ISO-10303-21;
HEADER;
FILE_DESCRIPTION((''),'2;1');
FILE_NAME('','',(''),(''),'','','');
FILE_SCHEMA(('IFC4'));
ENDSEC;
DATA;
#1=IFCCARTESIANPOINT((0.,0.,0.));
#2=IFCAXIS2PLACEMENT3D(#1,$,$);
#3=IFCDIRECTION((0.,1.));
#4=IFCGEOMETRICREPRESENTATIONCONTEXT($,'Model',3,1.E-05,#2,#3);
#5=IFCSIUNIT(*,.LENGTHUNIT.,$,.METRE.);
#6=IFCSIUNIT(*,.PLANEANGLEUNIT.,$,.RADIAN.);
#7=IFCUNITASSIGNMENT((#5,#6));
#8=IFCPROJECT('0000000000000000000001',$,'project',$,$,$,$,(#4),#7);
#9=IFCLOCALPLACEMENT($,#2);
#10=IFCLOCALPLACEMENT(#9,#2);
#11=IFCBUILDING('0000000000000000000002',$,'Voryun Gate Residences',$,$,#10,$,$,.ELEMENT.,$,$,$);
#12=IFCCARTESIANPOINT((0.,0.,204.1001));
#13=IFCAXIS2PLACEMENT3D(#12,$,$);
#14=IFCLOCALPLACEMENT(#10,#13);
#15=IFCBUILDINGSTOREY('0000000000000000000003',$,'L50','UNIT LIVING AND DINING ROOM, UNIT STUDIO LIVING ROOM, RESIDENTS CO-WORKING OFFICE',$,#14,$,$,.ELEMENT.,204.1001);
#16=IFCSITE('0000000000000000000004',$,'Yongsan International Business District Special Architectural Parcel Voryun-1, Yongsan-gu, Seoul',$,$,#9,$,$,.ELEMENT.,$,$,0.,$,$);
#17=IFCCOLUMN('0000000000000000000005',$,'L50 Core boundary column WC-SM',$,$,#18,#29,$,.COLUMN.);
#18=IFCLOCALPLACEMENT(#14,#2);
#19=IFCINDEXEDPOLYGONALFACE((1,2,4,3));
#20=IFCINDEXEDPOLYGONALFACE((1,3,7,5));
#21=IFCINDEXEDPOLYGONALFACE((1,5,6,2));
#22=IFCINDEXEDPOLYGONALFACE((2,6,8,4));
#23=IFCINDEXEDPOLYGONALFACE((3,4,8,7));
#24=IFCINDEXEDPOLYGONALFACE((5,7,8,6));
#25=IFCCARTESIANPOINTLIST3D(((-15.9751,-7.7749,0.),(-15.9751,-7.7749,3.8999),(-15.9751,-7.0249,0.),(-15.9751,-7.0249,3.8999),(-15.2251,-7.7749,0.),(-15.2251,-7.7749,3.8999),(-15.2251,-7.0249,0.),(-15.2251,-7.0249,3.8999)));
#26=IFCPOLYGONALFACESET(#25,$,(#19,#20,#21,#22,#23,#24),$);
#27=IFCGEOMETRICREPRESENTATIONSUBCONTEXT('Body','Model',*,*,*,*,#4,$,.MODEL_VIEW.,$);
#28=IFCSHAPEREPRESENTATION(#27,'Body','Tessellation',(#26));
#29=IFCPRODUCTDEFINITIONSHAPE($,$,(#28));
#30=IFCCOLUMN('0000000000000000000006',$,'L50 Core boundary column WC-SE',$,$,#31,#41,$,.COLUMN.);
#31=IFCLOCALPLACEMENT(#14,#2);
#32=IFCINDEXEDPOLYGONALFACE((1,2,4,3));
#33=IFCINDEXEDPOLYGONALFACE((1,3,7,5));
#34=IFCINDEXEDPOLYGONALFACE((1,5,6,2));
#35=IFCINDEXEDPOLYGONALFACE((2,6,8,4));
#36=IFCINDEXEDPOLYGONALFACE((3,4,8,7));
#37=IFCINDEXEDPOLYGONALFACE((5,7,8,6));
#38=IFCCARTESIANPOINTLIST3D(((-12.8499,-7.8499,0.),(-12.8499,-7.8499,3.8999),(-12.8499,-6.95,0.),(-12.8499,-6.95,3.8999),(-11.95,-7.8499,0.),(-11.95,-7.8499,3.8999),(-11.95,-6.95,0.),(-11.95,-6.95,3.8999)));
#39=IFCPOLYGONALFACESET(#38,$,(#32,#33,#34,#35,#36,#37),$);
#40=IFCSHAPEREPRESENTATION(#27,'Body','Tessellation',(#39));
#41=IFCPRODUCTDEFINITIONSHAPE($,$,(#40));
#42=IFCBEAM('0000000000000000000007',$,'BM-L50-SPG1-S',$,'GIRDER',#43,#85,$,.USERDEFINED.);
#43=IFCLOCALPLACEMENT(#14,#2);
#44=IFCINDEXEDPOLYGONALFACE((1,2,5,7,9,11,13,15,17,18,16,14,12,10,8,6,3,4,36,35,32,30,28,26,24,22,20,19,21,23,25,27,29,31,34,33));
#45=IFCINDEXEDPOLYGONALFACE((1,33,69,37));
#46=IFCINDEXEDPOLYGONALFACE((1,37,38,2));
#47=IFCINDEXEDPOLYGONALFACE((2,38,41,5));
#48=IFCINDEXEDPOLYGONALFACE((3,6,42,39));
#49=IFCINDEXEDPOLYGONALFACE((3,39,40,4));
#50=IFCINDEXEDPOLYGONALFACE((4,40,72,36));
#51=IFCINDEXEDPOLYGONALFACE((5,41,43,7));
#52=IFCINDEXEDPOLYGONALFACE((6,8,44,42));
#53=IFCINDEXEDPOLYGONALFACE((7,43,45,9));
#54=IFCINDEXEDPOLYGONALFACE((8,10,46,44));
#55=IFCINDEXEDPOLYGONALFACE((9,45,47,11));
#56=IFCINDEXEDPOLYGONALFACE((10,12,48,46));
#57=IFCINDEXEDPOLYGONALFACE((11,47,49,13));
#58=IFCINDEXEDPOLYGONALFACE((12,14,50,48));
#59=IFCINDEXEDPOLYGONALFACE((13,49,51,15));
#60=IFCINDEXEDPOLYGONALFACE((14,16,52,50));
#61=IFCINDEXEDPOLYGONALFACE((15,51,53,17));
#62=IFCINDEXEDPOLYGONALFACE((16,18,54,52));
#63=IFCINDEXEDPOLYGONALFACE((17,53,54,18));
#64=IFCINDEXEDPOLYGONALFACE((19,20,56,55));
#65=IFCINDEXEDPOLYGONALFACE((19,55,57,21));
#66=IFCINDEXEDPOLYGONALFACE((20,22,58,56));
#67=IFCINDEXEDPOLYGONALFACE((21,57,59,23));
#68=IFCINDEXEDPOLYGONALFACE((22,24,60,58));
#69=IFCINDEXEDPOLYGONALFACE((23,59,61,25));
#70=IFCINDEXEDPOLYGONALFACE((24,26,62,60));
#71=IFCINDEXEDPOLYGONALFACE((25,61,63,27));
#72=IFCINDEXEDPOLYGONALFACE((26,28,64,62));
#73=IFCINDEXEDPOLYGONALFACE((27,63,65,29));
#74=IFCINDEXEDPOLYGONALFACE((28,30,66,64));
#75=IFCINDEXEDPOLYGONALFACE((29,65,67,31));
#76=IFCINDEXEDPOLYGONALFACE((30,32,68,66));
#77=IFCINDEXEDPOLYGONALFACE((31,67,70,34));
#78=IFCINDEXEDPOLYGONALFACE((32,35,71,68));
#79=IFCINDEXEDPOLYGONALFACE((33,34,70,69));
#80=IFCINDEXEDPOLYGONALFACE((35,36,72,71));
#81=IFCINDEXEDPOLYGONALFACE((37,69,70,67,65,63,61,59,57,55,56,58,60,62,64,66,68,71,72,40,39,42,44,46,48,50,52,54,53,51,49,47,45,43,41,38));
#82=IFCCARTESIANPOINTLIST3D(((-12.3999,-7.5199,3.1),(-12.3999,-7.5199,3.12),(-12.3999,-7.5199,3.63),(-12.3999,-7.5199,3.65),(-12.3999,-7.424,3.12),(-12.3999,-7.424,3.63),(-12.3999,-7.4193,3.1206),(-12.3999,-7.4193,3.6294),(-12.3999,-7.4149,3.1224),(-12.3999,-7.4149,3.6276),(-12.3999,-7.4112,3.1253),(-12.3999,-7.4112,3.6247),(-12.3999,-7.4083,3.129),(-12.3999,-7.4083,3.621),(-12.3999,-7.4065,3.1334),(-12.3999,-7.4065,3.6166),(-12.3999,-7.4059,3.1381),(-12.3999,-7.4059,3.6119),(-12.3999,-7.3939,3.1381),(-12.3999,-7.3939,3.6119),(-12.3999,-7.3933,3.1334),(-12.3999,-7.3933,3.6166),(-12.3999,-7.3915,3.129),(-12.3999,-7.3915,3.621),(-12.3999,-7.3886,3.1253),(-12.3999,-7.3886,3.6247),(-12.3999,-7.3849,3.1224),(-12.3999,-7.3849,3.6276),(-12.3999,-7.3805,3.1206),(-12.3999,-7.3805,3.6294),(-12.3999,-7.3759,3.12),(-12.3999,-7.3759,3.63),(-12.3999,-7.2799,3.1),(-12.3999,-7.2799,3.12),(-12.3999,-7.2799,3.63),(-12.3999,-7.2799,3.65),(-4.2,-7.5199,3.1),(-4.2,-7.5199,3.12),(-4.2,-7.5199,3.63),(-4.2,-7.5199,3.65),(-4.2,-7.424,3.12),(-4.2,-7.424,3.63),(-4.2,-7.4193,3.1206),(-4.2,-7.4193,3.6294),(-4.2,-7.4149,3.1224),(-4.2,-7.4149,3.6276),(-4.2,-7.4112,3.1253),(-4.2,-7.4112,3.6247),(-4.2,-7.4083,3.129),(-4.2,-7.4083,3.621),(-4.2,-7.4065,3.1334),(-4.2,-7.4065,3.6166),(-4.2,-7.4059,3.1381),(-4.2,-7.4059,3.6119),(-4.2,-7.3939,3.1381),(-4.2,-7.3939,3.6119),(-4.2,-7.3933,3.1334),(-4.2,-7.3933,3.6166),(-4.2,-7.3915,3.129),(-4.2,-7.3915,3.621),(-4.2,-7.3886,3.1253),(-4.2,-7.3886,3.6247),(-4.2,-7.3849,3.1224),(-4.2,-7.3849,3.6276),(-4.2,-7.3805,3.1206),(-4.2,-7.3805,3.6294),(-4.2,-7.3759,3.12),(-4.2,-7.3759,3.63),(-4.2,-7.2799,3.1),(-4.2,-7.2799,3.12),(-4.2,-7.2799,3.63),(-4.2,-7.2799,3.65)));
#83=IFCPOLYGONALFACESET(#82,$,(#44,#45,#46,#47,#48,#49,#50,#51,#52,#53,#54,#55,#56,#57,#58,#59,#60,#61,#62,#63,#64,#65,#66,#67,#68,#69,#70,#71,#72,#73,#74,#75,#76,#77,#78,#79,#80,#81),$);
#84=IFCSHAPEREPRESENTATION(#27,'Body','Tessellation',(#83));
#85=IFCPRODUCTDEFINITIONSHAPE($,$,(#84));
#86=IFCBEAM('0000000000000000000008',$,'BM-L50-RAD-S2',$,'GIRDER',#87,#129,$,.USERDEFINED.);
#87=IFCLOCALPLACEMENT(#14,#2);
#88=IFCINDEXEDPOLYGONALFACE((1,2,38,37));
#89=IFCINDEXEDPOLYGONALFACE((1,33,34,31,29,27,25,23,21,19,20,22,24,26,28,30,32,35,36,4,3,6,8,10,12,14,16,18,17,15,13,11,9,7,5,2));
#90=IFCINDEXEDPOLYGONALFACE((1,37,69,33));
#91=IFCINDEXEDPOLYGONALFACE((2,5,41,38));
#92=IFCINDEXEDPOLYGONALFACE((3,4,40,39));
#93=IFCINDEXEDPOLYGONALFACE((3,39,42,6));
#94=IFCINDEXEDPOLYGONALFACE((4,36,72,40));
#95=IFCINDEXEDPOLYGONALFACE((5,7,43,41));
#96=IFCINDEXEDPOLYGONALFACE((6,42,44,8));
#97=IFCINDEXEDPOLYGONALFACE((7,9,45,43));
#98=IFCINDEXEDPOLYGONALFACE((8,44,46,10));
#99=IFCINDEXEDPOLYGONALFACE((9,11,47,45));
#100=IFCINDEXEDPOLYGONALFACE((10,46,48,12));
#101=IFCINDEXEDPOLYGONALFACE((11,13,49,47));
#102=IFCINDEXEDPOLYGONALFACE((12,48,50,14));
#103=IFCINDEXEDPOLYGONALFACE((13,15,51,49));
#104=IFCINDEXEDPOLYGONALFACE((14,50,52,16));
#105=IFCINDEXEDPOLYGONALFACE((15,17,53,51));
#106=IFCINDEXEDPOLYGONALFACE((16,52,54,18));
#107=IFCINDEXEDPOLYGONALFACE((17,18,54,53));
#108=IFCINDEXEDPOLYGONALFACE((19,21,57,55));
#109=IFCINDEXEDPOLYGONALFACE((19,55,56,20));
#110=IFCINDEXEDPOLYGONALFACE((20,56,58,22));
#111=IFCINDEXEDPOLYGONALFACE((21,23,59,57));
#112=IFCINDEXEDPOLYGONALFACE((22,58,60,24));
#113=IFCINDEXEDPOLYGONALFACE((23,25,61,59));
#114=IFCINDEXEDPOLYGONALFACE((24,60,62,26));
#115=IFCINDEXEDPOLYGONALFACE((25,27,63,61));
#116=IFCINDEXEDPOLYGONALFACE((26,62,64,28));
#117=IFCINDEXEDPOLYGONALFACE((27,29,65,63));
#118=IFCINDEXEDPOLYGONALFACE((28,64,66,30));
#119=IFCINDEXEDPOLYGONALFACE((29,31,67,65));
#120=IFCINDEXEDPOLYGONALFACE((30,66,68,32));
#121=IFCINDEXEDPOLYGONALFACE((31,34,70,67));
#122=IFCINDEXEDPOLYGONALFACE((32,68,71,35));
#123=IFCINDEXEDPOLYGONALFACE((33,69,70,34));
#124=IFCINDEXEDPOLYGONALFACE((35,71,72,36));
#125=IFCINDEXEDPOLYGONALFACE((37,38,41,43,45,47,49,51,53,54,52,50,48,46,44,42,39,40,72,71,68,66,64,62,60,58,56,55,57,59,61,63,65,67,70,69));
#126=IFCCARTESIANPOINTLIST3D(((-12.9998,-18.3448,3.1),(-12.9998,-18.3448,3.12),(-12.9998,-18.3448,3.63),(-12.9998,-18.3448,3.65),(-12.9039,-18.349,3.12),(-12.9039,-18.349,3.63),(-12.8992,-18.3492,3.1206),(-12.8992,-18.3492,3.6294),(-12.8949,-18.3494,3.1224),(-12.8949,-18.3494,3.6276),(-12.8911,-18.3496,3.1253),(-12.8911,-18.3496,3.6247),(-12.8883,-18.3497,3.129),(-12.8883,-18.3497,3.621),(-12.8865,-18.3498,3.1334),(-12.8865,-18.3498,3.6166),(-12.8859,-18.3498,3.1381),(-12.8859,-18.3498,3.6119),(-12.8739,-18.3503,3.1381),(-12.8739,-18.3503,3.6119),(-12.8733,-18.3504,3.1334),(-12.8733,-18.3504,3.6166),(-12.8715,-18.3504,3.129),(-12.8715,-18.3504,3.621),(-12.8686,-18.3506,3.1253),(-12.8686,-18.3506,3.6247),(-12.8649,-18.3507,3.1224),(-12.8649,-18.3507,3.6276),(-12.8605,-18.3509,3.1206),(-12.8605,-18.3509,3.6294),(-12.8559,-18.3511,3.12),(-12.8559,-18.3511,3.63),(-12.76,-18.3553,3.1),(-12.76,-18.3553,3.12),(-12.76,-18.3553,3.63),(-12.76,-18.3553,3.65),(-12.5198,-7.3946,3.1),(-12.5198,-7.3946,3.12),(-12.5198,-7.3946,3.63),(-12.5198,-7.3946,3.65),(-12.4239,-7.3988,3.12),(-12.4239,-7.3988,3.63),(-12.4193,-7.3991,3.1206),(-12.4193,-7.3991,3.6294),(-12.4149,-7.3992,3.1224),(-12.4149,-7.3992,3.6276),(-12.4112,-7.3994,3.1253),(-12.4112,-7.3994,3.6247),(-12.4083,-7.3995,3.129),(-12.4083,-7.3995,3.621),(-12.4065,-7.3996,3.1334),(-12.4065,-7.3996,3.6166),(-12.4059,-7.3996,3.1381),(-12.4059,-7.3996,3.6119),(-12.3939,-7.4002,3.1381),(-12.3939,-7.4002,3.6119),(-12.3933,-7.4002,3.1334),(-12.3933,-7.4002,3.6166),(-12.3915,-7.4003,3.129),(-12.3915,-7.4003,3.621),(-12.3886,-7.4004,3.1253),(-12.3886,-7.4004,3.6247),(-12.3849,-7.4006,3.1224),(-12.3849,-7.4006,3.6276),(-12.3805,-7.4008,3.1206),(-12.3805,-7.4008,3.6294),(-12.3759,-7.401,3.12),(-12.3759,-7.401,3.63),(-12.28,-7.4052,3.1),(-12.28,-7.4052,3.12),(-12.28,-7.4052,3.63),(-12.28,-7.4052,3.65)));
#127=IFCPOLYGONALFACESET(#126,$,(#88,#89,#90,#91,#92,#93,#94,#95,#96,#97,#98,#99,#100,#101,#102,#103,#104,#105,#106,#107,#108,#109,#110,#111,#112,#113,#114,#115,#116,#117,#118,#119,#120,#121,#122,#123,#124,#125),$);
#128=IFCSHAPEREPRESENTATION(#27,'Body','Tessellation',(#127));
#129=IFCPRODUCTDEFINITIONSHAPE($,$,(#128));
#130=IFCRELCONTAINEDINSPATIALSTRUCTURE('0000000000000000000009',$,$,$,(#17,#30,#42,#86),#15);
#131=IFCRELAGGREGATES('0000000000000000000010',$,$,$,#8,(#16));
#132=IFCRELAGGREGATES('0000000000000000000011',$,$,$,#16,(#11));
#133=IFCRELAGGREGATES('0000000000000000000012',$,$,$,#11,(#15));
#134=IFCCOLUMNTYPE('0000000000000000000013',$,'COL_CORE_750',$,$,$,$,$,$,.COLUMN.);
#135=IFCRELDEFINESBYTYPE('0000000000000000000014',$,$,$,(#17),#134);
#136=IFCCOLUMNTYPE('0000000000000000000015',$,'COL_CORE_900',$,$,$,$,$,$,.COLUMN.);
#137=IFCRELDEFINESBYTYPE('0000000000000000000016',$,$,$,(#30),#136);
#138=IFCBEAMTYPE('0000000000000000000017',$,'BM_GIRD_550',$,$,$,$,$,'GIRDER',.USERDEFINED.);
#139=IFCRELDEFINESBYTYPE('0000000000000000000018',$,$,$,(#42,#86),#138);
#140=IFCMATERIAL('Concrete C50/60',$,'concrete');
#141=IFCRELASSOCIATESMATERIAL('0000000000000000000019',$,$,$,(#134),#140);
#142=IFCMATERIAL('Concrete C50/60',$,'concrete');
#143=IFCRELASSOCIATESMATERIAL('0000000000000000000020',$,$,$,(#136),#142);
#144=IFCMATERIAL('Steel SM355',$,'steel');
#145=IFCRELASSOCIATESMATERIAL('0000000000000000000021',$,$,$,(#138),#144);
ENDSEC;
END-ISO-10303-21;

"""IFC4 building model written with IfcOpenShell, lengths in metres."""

from ifc_helpers import new_model, si_unit, direction, frame, origin, origin_2d, place, context, subcontext, project, spatial, rectangle, i_section, extrude, material, material_profile, profile_set, type_object, element, save


model = new_model("IFC4")

# Units and contexts
model_context = context("Model", 3, precision=1e-05, world=origin(), true_north=direction((0.0, 1.0)))
body_context = subcontext(model_context, "Body", "Model", "MODEL_VIEW")
ifc_project = project(units=[si_unit("LENGTHUNIT", "METRE"), si_unit("PLANEANGLEUNIT", "RADIAN")], contexts=[model_context])

# Site, building, storey
site_placement = place(None, origin())
site = spatial("IfcSite", under=ifc_project, at=site_placement, Name="Yongsan International Business District Special Architectural Parcel Voryun-1, Yongsan-gu, Seoul", CompositionType="ELEMENT", RefElevation=0.0)
building_placement = place(site_placement, origin())
building = spatial("IfcBuilding", under=site, at=building_placement, Name="Voryun Gate Residences", CompositionType="ELEMENT")
storey_placement = place(building_placement, frame((0.0, 0.0, 204.1001)))
storey = spatial("IfcBuildingStorey", under=building, at=storey_placement, Name="L50", Description="UNIT LIVING AND DINING ROOM, UNIT STUDIO LIVING ROOM, RESIDENTS CO-WORKING OFFICE", CompositionType="ELEMENT", Elevation=204.1001)

# Columns
ifc_material_1 = material(Name="Concrete C50/60", Category="concrete")
ifc_material_profile_1 = material_profile(ifc_material_1, rectangle(XDim=0.75, YDim=0.75, at=origin_2d()), Name="RC-750x750")
ifc_profile_set_1 = profile_set([ifc_material_profile_1], Name="Concrete C50/60")
column_type_1 = type_object("IfcColumnType", Name="COL_CORE_750", PredefinedType="COLUMN", material=ifc_profile_set_1)
column_1_placement = place(storey_placement, frame((-15.6001, -7.3999, 0.0), z_axis=(0.0, 0.0, 1.0), x_axis=(1.0, 0.0, 0.0)))
element("IfcColumn", 1, at=column_1_placement, inside=storey, type_object=column_type_1, Name="L50 Core boundary column WC-SM", PredefinedType="COLUMN", context=body_context, shape_type="SweptSolid", body=[
    extrude(rectangle(XDim=0.75, YDim=0.75, at=origin_2d()), origin(), (0.0, 0.0, 1.0), 3.8999),
])
ifc_material_2 = material(Name="Concrete C50/60", Category="concrete")
ifc_material_profile_2 = material_profile(ifc_material_2, rectangle(XDim=0.8999, YDim=0.8999, at=origin_2d()), Name="RC-900x900")
ifc_profile_set_2 = profile_set([ifc_material_profile_2], Name="Concrete C50/60")
column_type_2 = type_object("IfcColumnType", Name="COL_CORE_900", PredefinedType="COLUMN", material=ifc_profile_set_2)
column_2_placement = place(storey_placement, frame((-12.3999, -7.3999, 0.0), z_axis=(0.0, 0.0, 1.0), x_axis=(1.0, 0.0, 0.0)))
element("IfcColumn", 2, at=column_2_placement, inside=storey, type_object=column_type_2, Name="L50 Core boundary column WC-SE", PredefinedType="COLUMN", context=body_context, shape_type="SweptSolid", body=[
    extrude(rectangle(XDim=0.8999, YDim=0.8999, at=origin_2d()), origin(), (0.0, 0.0, 1.0), 3.8999),
])

# Beams
ifc_material_3 = material(Name="Steel SM355", Category="steel")
ifc_material_profile_3 = material_profile(ifc_material_3, i_section(OverallWidth=0.24, OverallDepth=0.55, WebThickness=0.012, FlangeThickness=0.02, FilletRadius=0.0181, at=origin_2d()), Name="H-550x240x12x20")
ifc_profile_set_3 = profile_set([ifc_material_profile_3], Name="Steel SM355")
beam_type = type_object("IfcBeamType", Name="BM_GIRD_550", ElementType="GIRDER", PredefinedType="USERDEFINED", material=ifc_profile_set_3)
beam_1_placement = place(storey_placement, frame((-12.3999, -7.3999, 3.375), z_axis=(1.0, 0.0, 0.0), x_axis=(0.0, 1.0, 0.0)))
element("IfcBeam", 3, at=beam_1_placement, inside=storey, type_object=beam_type, Name="BM-L50-SPG1-S", ObjectType="GIRDER", PredefinedType="USERDEFINED", context=body_context, shape_type="SweptSolid", body=[
    extrude(i_section(OverallWidth=0.24, OverallDepth=0.55, WebThickness=0.012, FlangeThickness=0.02, FilletRadius=0.0181, at=origin_2d()), origin(), (0.0, 0.0, 1.0), 8.2),
])
beam_2_placement = place(storey_placement, frame((-12.3999, -7.3999, 3.375), z_axis=(-0.043791, -0.999041, 0.0), x_axis=(0.999041, -0.043791, 0.0)))
element("IfcBeam", 4, at=beam_2_placement, inside=storey, type_object=beam_type, Name="BM-L50-RAD-S2", ObjectType="GIRDER", PredefinedType="USERDEFINED", context=body_context, shape_type="SweptSolid", body=[
    extrude(i_section(OverallWidth=0.24, OverallDepth=0.55, WebThickness=0.012, FlangeThickness=0.02, FilletRadius=0.0181, at=origin_2d()), origin(), (0.0, 0.0, 1.0), 10.9607),
])

save(model, "model.ifc")
